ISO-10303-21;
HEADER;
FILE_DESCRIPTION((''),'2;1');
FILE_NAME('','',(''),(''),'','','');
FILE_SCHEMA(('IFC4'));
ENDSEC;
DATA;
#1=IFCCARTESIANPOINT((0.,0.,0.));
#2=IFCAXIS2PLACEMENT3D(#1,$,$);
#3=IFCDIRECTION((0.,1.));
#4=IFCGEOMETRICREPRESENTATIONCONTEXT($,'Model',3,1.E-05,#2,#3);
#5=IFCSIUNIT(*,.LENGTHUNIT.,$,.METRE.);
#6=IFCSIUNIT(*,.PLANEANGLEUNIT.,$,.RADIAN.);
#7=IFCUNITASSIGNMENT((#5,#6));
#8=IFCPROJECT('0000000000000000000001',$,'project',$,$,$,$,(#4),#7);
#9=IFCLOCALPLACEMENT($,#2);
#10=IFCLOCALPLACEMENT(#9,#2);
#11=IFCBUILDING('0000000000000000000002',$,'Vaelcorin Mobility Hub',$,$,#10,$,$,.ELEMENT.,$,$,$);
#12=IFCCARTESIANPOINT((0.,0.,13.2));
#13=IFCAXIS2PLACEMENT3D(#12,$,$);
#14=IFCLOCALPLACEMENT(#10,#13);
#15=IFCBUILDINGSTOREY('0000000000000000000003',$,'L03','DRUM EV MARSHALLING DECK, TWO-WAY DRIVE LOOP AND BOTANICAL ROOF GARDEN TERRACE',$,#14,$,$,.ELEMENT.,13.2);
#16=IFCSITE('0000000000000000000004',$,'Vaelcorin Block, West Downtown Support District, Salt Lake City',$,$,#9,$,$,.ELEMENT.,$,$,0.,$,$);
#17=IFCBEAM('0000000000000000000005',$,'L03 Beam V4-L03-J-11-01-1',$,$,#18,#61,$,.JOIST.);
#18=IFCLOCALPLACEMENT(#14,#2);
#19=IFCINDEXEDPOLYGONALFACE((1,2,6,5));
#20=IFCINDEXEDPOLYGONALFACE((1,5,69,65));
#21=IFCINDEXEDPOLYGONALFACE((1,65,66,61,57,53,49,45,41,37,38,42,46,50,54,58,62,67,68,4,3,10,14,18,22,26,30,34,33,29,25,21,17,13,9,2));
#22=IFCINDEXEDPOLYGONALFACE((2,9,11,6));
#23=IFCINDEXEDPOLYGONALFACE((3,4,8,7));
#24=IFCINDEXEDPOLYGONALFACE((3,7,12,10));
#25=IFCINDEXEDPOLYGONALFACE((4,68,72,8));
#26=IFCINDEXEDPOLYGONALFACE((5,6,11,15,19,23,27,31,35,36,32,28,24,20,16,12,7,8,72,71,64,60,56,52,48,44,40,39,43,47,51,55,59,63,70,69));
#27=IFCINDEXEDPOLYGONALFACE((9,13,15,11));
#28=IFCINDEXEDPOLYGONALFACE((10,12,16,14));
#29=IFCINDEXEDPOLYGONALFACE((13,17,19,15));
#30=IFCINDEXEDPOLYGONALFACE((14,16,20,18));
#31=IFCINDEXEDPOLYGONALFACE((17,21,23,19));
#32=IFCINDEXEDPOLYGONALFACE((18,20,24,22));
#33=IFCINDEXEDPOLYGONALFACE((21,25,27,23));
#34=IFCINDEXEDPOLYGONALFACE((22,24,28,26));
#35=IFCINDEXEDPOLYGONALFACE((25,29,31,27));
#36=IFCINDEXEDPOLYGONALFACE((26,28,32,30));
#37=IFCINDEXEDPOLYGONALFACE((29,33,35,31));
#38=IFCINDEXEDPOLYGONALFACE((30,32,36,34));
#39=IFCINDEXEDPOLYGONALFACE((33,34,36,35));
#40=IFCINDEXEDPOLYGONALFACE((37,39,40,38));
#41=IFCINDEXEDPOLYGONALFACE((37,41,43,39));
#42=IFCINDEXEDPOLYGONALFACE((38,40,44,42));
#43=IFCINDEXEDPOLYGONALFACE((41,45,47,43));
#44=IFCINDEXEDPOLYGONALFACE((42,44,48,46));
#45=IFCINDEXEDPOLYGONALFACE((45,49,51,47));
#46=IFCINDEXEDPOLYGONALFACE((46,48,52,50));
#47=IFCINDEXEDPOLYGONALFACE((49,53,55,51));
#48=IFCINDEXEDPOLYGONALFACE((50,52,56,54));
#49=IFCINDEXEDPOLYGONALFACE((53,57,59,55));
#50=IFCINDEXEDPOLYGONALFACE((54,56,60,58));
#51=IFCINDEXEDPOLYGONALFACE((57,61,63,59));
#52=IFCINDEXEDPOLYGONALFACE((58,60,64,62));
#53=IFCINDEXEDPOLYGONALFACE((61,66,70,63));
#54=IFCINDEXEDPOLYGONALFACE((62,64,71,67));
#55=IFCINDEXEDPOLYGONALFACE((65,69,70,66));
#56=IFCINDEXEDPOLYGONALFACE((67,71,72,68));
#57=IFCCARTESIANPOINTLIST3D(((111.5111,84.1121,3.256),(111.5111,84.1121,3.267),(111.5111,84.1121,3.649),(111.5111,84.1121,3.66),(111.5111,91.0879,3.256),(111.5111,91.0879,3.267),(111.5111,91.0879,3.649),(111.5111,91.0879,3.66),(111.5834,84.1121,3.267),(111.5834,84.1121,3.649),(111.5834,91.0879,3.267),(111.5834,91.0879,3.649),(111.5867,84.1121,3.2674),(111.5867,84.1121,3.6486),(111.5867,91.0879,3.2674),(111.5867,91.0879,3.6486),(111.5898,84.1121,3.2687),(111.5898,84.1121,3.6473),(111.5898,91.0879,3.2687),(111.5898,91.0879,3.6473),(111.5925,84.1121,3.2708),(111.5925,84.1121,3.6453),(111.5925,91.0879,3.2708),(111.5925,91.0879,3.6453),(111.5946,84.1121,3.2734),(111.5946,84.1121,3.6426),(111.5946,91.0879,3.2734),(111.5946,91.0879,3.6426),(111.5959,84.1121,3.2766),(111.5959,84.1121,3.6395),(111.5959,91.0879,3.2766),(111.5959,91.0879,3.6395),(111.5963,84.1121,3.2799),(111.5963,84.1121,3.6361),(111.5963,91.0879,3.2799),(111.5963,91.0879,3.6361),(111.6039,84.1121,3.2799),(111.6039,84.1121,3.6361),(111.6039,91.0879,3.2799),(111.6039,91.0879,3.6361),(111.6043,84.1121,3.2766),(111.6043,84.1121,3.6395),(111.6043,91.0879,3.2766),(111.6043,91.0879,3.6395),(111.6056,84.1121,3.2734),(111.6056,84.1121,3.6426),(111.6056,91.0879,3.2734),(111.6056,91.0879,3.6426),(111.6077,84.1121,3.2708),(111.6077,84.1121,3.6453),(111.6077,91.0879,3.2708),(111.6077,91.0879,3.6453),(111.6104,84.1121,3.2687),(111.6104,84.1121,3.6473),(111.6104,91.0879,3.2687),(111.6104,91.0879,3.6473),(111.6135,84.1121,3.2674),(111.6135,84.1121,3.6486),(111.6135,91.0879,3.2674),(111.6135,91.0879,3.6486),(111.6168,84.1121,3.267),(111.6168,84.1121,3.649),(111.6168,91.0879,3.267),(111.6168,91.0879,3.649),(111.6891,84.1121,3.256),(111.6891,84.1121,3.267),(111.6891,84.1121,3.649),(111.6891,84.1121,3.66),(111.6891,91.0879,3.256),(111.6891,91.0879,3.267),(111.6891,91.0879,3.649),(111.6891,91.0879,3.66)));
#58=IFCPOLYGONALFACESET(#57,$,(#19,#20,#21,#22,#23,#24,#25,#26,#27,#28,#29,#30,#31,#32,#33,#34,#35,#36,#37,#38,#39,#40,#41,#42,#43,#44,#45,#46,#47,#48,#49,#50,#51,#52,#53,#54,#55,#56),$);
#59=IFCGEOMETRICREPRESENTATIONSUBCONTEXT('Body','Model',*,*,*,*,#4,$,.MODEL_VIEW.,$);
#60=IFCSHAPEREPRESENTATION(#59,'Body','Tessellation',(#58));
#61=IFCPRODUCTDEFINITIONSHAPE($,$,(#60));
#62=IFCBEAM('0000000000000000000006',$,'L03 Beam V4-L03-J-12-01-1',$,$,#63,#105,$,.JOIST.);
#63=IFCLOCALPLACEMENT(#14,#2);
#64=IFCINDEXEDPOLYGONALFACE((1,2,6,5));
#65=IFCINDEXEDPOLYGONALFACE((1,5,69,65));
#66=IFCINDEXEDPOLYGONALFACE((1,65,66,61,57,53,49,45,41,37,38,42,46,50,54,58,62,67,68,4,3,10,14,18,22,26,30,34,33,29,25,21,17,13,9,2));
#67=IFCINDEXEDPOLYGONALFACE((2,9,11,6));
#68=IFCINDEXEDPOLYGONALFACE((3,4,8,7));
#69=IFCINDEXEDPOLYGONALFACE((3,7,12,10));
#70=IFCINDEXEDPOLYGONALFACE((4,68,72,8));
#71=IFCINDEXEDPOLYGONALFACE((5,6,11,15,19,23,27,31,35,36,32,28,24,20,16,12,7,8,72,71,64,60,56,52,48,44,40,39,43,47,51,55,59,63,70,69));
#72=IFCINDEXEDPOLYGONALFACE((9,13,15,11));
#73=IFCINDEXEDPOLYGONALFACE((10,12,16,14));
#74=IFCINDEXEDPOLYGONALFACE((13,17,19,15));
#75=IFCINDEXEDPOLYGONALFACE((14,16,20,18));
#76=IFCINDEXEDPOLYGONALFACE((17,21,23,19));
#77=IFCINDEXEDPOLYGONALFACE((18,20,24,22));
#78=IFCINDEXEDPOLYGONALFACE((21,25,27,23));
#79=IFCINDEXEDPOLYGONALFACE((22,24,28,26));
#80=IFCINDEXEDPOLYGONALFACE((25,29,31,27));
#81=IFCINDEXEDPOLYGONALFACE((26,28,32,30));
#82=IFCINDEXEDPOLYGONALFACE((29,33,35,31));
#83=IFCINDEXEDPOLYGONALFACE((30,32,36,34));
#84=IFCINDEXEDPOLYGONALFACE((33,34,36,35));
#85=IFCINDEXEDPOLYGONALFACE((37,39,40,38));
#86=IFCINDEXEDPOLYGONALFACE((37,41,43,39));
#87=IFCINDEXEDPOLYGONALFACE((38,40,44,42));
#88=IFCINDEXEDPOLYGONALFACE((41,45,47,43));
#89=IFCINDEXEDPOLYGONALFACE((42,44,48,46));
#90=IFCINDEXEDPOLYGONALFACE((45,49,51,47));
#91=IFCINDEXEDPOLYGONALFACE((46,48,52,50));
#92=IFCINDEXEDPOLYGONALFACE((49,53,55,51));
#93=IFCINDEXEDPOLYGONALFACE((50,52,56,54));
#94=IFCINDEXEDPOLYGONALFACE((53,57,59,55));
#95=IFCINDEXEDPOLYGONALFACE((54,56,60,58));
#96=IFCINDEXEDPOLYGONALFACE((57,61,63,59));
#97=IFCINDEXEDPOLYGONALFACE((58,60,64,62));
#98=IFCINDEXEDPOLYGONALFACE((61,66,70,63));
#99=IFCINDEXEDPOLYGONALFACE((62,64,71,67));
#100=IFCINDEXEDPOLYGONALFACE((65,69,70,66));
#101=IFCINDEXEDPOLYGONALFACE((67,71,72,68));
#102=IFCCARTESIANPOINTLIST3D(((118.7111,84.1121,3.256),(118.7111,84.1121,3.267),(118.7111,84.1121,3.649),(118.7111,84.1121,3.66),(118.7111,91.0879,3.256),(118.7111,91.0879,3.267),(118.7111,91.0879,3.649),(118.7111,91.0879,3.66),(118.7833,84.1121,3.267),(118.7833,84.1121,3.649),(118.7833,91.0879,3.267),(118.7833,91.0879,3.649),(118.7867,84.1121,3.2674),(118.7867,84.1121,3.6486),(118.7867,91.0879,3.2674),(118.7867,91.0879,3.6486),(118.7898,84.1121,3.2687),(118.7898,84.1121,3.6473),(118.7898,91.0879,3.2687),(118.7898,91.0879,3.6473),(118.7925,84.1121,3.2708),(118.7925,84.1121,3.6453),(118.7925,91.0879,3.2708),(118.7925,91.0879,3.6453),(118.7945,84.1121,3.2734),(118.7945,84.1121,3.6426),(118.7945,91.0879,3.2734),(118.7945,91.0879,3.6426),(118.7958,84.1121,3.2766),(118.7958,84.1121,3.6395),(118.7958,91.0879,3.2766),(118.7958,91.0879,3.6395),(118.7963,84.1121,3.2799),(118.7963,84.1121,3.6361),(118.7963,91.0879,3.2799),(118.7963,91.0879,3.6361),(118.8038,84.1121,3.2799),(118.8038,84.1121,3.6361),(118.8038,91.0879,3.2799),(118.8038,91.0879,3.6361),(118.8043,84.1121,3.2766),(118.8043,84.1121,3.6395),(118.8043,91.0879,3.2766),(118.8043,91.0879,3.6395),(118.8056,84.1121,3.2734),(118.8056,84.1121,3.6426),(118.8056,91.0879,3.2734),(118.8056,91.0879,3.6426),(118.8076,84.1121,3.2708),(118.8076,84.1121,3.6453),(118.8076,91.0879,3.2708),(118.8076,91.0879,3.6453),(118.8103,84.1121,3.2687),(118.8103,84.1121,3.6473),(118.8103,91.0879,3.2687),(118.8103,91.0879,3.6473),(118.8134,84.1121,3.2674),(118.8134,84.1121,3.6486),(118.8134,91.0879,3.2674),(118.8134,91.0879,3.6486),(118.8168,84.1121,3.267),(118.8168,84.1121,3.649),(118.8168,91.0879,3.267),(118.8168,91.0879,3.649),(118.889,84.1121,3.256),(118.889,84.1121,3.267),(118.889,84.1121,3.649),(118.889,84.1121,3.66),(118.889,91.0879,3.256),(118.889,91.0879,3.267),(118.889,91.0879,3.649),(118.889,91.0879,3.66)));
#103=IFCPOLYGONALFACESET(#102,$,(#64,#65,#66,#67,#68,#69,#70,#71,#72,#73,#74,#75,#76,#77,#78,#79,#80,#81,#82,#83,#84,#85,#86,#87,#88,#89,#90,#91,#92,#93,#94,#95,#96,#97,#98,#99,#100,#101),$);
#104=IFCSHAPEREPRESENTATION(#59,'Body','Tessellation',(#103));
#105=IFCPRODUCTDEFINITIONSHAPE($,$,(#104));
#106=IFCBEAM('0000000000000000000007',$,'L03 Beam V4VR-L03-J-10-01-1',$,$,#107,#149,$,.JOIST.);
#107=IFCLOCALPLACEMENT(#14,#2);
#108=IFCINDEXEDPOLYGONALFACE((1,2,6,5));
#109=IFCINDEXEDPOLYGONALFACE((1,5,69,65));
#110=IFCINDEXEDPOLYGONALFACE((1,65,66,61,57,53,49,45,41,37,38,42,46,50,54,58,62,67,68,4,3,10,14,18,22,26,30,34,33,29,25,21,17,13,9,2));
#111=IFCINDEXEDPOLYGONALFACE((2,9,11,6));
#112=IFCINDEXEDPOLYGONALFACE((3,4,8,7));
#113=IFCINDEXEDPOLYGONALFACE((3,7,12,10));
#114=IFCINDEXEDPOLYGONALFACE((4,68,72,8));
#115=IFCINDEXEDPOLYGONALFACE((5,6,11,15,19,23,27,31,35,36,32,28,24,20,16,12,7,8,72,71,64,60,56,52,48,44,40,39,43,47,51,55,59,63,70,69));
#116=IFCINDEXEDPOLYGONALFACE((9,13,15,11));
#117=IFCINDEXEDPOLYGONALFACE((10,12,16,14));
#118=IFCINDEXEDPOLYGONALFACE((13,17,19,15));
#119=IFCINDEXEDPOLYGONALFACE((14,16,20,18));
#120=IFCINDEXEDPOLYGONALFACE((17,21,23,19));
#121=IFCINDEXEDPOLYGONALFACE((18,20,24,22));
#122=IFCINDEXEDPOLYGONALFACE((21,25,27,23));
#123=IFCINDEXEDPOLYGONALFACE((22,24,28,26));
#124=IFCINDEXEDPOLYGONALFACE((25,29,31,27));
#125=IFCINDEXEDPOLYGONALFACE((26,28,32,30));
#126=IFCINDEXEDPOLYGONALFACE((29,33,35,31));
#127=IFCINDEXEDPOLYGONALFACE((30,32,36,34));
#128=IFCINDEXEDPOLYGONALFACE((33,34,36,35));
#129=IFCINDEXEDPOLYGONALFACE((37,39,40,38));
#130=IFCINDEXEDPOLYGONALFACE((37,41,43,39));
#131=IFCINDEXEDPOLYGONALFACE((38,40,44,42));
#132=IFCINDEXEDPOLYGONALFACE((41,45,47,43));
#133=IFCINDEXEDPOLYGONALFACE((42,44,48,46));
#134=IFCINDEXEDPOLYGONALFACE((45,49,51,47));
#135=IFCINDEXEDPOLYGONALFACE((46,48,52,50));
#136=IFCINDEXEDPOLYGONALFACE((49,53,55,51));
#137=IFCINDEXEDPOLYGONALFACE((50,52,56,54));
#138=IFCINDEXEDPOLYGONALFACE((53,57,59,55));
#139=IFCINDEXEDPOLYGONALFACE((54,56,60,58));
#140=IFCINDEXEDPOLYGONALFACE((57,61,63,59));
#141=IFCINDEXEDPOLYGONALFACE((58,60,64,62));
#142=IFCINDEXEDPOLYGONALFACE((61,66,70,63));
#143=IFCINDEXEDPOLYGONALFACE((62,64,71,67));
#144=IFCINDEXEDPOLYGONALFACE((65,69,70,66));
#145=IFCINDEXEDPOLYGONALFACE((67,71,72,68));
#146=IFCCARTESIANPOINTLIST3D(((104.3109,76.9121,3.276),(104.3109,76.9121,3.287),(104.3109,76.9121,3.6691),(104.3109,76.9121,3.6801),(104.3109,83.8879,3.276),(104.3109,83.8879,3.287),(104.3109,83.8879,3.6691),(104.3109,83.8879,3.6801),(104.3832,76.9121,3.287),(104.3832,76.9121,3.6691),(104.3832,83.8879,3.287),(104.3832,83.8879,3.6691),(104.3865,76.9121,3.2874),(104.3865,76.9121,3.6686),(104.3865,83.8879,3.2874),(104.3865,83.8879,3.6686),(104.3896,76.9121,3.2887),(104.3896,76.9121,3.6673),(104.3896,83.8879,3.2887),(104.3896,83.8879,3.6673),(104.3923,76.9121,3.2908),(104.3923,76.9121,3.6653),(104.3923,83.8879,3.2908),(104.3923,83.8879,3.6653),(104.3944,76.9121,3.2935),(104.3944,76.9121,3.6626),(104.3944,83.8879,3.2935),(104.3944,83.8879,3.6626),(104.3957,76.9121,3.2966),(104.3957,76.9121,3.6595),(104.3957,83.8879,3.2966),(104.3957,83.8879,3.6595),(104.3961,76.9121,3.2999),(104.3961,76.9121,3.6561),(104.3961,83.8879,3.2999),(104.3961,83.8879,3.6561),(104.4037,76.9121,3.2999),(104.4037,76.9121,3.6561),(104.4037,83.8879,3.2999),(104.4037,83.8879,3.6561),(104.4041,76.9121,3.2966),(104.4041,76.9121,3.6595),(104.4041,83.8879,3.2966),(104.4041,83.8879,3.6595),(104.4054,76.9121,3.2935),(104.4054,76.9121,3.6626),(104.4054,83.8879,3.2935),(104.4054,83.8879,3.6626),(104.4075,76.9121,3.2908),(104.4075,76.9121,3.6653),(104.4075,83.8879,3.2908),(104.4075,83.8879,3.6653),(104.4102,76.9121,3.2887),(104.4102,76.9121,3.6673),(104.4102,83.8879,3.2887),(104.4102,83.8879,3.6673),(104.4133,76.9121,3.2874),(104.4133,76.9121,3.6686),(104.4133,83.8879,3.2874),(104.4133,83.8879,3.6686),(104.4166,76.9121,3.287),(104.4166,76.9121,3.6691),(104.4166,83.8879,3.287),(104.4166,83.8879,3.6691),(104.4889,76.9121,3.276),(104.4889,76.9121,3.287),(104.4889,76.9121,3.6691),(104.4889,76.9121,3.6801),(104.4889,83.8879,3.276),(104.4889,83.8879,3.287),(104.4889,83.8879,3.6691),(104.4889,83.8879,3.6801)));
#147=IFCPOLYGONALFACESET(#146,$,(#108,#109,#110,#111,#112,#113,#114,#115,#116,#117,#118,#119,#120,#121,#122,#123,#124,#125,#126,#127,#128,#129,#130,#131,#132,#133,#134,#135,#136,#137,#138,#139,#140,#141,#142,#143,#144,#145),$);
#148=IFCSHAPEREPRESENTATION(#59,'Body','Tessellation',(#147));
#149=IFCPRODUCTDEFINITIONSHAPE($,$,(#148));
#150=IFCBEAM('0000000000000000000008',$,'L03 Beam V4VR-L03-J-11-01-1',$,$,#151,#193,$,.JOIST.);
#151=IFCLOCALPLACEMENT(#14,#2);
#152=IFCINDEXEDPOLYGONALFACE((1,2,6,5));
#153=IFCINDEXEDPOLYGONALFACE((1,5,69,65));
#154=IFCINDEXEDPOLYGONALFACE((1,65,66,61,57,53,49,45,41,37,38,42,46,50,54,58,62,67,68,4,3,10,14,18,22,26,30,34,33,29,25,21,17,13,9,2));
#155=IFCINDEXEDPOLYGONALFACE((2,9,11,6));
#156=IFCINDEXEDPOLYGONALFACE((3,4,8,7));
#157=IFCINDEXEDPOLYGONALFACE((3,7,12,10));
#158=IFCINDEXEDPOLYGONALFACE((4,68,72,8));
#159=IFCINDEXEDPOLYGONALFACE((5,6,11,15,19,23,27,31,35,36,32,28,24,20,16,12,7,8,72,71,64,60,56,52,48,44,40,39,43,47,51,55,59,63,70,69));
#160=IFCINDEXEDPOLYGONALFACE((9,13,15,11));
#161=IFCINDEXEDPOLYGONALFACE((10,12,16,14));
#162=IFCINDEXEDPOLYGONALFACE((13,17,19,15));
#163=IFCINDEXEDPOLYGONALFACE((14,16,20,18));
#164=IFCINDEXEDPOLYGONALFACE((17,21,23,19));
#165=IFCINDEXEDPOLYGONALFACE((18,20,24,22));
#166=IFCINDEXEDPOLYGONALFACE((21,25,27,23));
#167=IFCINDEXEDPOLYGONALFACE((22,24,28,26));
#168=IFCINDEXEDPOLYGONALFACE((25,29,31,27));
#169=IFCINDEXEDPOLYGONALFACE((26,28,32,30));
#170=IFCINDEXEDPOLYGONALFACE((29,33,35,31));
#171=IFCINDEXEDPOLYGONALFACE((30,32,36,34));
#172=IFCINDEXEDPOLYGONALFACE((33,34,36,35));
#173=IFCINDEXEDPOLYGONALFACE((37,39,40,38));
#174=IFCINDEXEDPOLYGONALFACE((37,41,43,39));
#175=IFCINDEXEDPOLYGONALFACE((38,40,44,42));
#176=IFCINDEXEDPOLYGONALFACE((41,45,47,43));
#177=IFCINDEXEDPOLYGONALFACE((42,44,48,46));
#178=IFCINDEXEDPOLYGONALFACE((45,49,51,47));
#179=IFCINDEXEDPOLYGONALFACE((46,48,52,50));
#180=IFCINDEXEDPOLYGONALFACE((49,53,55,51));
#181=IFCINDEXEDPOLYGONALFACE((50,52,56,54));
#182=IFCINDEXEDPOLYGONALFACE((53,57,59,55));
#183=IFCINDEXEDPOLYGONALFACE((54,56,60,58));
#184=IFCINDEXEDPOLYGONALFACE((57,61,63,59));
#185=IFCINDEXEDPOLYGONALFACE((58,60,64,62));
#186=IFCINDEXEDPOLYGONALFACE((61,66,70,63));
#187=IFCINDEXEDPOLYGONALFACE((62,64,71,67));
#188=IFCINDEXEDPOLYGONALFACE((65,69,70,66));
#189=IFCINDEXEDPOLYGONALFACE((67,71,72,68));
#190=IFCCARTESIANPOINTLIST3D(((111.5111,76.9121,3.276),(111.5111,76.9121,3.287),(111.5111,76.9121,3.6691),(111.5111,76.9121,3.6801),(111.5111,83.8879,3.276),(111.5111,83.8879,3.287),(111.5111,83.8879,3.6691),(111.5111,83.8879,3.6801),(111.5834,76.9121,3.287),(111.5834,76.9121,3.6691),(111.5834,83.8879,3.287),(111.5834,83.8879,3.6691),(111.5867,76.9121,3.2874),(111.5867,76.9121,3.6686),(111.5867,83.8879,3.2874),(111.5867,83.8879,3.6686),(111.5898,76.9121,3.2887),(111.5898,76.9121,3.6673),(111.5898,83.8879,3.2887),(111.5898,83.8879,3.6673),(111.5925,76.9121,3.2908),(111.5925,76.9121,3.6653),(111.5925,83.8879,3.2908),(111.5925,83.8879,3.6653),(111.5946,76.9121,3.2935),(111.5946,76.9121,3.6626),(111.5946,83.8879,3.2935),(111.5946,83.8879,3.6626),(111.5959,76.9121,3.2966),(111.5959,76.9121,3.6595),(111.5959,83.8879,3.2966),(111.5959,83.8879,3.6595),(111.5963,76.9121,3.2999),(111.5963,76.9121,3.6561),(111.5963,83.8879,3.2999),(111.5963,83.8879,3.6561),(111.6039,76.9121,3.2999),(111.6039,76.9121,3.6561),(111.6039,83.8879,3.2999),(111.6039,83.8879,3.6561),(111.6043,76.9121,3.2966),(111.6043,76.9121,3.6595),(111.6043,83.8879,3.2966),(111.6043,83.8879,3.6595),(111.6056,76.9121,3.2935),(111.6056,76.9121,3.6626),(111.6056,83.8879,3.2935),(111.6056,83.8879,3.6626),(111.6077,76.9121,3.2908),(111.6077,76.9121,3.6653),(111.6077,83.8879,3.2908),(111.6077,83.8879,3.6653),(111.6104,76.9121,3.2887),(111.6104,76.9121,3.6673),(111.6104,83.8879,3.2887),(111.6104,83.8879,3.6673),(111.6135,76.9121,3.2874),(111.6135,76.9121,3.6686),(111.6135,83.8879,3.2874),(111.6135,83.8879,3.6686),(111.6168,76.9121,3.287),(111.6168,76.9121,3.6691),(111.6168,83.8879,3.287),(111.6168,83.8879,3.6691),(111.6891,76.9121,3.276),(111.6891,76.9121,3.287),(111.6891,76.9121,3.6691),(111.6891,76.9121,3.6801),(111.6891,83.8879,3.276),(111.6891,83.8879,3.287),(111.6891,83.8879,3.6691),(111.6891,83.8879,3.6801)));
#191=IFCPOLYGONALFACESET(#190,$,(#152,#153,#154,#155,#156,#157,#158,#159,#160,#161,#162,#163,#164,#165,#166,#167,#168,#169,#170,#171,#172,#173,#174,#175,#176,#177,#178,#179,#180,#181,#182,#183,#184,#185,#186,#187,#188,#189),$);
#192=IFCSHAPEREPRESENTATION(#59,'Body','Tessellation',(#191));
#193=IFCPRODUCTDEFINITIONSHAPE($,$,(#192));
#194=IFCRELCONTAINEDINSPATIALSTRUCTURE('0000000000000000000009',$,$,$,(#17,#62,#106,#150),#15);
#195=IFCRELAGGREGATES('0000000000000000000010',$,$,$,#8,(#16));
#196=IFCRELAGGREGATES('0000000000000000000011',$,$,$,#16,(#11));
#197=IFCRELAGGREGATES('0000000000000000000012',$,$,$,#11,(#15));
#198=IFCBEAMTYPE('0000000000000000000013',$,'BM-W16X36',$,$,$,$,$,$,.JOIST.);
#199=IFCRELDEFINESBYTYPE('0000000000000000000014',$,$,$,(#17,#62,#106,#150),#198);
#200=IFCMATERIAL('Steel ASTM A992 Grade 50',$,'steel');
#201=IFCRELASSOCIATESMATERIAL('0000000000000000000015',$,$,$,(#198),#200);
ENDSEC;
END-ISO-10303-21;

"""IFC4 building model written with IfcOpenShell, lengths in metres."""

from ifc_helpers import new_model, si_unit, direction, frame, origin, origin_2d, place, context, subcontext, project, spatial, i_section, extrude, material, material_profile, profile_set, type_object, element, save


model = new_model("IFC4")

# Units and contexts
model_context = context("Model", 3, precision=1e-05, world=origin(), true_north=direction((0.0, 1.0)))
body_context = subcontext(model_context, "Body", "Model", "MODEL_VIEW")
ifc_project = project(units=[si_unit("LENGTHUNIT", "METRE"), si_unit("PLANEANGLEUNIT", "RADIAN")], contexts=[model_context])

# Site, building, storey
site_placement = place(None, origin())
site = spatial("IfcSite", under=ifc_project, at=site_placement, Name="Vaelcorin Block, West Downtown Support District, Salt Lake City", CompositionType="ELEMENT", RefElevation=0.0)
building_placement = place(site_placement, origin())
building = spatial("IfcBuilding", under=site, at=building_placement, Name="Vaelcorin Mobility Hub", CompositionType="ELEMENT")
storey_placement = place(building_placement, frame((0.0, 0.0, 13.2)))
storey = spatial("IfcBuildingStorey", under=building, at=storey_placement, Name="L03", Description="DRUM EV MARSHALLING DECK, TWO-WAY DRIVE LOOP AND BOTANICAL ROOF GARDEN TERRACE", CompositionType="ELEMENT", Elevation=13.2)

# Shared definitions
ifc_material_1 = material(Name="Steel ASTM A992 Grade 50", Category="steel")

# Beams
ifc_material_profile_1 = material_profile(ifc_material_1, i_section(OverallWidth=0.178, OverallDepth=0.4041, WebThickness=0.0076, FlangeThickness=0.011, FilletRadius=0.0129, at=origin_2d()), Name="W16X36")
ifc_profile_set_1 = profile_set([ifc_material_profile_1], Name="Steel ASTM A992 Grade 50")
beam_type_1 = type_object("IfcBeamType", Name="BM-W16X36", PredefinedType="JOIST", material=ifc_profile_set_1)
for number, where, z_axis, x_axis, name in (
    (1, (111.6001, 84.1121, 3.458), (0.0, 1.0, 0.0), (-1.0, 0.0, 0.0), "L03 Beam V4-L03-J-11-01-1"),
    (2, (118.8, 84.1121, 3.458), (0.0, 1.0, 0.0), (-1.0, 0.0, 0.0), "L03 Beam V4-L03-J-12-01-1"),
    (3, (104.3999, 76.9121, 3.478), (0.0, 1.0, 0.0), (-1.0, 0.0, 0.0), "L03 Beam V4VR-L03-J-10-01-1"),
    (4, (111.6001, 76.9121, 3.478), (0.0, 1.0, 0.0), (-1.0, 0.0, 0.0), "L03 Beam V4VR-L03-J-11-01-1"),
):
    element("IfcBeam", number, at=place(storey_placement, frame(where, z_axis=z_axis, x_axis=x_axis)), inside=storey, type_object=beam_type_1, Name=name, PredefinedType="JOIST", context=body_context, shape_type="SweptSolid", body=[
        extrude(i_section(OverallWidth=0.178, OverallDepth=0.4041, WebThickness=0.0076, FlangeThickness=0.011, FilletRadius=0.0129, at=origin_2d()), origin(), (0.0, 0.0, 1.0), 6.9758),
    ])

save(model, "model.ifc")
